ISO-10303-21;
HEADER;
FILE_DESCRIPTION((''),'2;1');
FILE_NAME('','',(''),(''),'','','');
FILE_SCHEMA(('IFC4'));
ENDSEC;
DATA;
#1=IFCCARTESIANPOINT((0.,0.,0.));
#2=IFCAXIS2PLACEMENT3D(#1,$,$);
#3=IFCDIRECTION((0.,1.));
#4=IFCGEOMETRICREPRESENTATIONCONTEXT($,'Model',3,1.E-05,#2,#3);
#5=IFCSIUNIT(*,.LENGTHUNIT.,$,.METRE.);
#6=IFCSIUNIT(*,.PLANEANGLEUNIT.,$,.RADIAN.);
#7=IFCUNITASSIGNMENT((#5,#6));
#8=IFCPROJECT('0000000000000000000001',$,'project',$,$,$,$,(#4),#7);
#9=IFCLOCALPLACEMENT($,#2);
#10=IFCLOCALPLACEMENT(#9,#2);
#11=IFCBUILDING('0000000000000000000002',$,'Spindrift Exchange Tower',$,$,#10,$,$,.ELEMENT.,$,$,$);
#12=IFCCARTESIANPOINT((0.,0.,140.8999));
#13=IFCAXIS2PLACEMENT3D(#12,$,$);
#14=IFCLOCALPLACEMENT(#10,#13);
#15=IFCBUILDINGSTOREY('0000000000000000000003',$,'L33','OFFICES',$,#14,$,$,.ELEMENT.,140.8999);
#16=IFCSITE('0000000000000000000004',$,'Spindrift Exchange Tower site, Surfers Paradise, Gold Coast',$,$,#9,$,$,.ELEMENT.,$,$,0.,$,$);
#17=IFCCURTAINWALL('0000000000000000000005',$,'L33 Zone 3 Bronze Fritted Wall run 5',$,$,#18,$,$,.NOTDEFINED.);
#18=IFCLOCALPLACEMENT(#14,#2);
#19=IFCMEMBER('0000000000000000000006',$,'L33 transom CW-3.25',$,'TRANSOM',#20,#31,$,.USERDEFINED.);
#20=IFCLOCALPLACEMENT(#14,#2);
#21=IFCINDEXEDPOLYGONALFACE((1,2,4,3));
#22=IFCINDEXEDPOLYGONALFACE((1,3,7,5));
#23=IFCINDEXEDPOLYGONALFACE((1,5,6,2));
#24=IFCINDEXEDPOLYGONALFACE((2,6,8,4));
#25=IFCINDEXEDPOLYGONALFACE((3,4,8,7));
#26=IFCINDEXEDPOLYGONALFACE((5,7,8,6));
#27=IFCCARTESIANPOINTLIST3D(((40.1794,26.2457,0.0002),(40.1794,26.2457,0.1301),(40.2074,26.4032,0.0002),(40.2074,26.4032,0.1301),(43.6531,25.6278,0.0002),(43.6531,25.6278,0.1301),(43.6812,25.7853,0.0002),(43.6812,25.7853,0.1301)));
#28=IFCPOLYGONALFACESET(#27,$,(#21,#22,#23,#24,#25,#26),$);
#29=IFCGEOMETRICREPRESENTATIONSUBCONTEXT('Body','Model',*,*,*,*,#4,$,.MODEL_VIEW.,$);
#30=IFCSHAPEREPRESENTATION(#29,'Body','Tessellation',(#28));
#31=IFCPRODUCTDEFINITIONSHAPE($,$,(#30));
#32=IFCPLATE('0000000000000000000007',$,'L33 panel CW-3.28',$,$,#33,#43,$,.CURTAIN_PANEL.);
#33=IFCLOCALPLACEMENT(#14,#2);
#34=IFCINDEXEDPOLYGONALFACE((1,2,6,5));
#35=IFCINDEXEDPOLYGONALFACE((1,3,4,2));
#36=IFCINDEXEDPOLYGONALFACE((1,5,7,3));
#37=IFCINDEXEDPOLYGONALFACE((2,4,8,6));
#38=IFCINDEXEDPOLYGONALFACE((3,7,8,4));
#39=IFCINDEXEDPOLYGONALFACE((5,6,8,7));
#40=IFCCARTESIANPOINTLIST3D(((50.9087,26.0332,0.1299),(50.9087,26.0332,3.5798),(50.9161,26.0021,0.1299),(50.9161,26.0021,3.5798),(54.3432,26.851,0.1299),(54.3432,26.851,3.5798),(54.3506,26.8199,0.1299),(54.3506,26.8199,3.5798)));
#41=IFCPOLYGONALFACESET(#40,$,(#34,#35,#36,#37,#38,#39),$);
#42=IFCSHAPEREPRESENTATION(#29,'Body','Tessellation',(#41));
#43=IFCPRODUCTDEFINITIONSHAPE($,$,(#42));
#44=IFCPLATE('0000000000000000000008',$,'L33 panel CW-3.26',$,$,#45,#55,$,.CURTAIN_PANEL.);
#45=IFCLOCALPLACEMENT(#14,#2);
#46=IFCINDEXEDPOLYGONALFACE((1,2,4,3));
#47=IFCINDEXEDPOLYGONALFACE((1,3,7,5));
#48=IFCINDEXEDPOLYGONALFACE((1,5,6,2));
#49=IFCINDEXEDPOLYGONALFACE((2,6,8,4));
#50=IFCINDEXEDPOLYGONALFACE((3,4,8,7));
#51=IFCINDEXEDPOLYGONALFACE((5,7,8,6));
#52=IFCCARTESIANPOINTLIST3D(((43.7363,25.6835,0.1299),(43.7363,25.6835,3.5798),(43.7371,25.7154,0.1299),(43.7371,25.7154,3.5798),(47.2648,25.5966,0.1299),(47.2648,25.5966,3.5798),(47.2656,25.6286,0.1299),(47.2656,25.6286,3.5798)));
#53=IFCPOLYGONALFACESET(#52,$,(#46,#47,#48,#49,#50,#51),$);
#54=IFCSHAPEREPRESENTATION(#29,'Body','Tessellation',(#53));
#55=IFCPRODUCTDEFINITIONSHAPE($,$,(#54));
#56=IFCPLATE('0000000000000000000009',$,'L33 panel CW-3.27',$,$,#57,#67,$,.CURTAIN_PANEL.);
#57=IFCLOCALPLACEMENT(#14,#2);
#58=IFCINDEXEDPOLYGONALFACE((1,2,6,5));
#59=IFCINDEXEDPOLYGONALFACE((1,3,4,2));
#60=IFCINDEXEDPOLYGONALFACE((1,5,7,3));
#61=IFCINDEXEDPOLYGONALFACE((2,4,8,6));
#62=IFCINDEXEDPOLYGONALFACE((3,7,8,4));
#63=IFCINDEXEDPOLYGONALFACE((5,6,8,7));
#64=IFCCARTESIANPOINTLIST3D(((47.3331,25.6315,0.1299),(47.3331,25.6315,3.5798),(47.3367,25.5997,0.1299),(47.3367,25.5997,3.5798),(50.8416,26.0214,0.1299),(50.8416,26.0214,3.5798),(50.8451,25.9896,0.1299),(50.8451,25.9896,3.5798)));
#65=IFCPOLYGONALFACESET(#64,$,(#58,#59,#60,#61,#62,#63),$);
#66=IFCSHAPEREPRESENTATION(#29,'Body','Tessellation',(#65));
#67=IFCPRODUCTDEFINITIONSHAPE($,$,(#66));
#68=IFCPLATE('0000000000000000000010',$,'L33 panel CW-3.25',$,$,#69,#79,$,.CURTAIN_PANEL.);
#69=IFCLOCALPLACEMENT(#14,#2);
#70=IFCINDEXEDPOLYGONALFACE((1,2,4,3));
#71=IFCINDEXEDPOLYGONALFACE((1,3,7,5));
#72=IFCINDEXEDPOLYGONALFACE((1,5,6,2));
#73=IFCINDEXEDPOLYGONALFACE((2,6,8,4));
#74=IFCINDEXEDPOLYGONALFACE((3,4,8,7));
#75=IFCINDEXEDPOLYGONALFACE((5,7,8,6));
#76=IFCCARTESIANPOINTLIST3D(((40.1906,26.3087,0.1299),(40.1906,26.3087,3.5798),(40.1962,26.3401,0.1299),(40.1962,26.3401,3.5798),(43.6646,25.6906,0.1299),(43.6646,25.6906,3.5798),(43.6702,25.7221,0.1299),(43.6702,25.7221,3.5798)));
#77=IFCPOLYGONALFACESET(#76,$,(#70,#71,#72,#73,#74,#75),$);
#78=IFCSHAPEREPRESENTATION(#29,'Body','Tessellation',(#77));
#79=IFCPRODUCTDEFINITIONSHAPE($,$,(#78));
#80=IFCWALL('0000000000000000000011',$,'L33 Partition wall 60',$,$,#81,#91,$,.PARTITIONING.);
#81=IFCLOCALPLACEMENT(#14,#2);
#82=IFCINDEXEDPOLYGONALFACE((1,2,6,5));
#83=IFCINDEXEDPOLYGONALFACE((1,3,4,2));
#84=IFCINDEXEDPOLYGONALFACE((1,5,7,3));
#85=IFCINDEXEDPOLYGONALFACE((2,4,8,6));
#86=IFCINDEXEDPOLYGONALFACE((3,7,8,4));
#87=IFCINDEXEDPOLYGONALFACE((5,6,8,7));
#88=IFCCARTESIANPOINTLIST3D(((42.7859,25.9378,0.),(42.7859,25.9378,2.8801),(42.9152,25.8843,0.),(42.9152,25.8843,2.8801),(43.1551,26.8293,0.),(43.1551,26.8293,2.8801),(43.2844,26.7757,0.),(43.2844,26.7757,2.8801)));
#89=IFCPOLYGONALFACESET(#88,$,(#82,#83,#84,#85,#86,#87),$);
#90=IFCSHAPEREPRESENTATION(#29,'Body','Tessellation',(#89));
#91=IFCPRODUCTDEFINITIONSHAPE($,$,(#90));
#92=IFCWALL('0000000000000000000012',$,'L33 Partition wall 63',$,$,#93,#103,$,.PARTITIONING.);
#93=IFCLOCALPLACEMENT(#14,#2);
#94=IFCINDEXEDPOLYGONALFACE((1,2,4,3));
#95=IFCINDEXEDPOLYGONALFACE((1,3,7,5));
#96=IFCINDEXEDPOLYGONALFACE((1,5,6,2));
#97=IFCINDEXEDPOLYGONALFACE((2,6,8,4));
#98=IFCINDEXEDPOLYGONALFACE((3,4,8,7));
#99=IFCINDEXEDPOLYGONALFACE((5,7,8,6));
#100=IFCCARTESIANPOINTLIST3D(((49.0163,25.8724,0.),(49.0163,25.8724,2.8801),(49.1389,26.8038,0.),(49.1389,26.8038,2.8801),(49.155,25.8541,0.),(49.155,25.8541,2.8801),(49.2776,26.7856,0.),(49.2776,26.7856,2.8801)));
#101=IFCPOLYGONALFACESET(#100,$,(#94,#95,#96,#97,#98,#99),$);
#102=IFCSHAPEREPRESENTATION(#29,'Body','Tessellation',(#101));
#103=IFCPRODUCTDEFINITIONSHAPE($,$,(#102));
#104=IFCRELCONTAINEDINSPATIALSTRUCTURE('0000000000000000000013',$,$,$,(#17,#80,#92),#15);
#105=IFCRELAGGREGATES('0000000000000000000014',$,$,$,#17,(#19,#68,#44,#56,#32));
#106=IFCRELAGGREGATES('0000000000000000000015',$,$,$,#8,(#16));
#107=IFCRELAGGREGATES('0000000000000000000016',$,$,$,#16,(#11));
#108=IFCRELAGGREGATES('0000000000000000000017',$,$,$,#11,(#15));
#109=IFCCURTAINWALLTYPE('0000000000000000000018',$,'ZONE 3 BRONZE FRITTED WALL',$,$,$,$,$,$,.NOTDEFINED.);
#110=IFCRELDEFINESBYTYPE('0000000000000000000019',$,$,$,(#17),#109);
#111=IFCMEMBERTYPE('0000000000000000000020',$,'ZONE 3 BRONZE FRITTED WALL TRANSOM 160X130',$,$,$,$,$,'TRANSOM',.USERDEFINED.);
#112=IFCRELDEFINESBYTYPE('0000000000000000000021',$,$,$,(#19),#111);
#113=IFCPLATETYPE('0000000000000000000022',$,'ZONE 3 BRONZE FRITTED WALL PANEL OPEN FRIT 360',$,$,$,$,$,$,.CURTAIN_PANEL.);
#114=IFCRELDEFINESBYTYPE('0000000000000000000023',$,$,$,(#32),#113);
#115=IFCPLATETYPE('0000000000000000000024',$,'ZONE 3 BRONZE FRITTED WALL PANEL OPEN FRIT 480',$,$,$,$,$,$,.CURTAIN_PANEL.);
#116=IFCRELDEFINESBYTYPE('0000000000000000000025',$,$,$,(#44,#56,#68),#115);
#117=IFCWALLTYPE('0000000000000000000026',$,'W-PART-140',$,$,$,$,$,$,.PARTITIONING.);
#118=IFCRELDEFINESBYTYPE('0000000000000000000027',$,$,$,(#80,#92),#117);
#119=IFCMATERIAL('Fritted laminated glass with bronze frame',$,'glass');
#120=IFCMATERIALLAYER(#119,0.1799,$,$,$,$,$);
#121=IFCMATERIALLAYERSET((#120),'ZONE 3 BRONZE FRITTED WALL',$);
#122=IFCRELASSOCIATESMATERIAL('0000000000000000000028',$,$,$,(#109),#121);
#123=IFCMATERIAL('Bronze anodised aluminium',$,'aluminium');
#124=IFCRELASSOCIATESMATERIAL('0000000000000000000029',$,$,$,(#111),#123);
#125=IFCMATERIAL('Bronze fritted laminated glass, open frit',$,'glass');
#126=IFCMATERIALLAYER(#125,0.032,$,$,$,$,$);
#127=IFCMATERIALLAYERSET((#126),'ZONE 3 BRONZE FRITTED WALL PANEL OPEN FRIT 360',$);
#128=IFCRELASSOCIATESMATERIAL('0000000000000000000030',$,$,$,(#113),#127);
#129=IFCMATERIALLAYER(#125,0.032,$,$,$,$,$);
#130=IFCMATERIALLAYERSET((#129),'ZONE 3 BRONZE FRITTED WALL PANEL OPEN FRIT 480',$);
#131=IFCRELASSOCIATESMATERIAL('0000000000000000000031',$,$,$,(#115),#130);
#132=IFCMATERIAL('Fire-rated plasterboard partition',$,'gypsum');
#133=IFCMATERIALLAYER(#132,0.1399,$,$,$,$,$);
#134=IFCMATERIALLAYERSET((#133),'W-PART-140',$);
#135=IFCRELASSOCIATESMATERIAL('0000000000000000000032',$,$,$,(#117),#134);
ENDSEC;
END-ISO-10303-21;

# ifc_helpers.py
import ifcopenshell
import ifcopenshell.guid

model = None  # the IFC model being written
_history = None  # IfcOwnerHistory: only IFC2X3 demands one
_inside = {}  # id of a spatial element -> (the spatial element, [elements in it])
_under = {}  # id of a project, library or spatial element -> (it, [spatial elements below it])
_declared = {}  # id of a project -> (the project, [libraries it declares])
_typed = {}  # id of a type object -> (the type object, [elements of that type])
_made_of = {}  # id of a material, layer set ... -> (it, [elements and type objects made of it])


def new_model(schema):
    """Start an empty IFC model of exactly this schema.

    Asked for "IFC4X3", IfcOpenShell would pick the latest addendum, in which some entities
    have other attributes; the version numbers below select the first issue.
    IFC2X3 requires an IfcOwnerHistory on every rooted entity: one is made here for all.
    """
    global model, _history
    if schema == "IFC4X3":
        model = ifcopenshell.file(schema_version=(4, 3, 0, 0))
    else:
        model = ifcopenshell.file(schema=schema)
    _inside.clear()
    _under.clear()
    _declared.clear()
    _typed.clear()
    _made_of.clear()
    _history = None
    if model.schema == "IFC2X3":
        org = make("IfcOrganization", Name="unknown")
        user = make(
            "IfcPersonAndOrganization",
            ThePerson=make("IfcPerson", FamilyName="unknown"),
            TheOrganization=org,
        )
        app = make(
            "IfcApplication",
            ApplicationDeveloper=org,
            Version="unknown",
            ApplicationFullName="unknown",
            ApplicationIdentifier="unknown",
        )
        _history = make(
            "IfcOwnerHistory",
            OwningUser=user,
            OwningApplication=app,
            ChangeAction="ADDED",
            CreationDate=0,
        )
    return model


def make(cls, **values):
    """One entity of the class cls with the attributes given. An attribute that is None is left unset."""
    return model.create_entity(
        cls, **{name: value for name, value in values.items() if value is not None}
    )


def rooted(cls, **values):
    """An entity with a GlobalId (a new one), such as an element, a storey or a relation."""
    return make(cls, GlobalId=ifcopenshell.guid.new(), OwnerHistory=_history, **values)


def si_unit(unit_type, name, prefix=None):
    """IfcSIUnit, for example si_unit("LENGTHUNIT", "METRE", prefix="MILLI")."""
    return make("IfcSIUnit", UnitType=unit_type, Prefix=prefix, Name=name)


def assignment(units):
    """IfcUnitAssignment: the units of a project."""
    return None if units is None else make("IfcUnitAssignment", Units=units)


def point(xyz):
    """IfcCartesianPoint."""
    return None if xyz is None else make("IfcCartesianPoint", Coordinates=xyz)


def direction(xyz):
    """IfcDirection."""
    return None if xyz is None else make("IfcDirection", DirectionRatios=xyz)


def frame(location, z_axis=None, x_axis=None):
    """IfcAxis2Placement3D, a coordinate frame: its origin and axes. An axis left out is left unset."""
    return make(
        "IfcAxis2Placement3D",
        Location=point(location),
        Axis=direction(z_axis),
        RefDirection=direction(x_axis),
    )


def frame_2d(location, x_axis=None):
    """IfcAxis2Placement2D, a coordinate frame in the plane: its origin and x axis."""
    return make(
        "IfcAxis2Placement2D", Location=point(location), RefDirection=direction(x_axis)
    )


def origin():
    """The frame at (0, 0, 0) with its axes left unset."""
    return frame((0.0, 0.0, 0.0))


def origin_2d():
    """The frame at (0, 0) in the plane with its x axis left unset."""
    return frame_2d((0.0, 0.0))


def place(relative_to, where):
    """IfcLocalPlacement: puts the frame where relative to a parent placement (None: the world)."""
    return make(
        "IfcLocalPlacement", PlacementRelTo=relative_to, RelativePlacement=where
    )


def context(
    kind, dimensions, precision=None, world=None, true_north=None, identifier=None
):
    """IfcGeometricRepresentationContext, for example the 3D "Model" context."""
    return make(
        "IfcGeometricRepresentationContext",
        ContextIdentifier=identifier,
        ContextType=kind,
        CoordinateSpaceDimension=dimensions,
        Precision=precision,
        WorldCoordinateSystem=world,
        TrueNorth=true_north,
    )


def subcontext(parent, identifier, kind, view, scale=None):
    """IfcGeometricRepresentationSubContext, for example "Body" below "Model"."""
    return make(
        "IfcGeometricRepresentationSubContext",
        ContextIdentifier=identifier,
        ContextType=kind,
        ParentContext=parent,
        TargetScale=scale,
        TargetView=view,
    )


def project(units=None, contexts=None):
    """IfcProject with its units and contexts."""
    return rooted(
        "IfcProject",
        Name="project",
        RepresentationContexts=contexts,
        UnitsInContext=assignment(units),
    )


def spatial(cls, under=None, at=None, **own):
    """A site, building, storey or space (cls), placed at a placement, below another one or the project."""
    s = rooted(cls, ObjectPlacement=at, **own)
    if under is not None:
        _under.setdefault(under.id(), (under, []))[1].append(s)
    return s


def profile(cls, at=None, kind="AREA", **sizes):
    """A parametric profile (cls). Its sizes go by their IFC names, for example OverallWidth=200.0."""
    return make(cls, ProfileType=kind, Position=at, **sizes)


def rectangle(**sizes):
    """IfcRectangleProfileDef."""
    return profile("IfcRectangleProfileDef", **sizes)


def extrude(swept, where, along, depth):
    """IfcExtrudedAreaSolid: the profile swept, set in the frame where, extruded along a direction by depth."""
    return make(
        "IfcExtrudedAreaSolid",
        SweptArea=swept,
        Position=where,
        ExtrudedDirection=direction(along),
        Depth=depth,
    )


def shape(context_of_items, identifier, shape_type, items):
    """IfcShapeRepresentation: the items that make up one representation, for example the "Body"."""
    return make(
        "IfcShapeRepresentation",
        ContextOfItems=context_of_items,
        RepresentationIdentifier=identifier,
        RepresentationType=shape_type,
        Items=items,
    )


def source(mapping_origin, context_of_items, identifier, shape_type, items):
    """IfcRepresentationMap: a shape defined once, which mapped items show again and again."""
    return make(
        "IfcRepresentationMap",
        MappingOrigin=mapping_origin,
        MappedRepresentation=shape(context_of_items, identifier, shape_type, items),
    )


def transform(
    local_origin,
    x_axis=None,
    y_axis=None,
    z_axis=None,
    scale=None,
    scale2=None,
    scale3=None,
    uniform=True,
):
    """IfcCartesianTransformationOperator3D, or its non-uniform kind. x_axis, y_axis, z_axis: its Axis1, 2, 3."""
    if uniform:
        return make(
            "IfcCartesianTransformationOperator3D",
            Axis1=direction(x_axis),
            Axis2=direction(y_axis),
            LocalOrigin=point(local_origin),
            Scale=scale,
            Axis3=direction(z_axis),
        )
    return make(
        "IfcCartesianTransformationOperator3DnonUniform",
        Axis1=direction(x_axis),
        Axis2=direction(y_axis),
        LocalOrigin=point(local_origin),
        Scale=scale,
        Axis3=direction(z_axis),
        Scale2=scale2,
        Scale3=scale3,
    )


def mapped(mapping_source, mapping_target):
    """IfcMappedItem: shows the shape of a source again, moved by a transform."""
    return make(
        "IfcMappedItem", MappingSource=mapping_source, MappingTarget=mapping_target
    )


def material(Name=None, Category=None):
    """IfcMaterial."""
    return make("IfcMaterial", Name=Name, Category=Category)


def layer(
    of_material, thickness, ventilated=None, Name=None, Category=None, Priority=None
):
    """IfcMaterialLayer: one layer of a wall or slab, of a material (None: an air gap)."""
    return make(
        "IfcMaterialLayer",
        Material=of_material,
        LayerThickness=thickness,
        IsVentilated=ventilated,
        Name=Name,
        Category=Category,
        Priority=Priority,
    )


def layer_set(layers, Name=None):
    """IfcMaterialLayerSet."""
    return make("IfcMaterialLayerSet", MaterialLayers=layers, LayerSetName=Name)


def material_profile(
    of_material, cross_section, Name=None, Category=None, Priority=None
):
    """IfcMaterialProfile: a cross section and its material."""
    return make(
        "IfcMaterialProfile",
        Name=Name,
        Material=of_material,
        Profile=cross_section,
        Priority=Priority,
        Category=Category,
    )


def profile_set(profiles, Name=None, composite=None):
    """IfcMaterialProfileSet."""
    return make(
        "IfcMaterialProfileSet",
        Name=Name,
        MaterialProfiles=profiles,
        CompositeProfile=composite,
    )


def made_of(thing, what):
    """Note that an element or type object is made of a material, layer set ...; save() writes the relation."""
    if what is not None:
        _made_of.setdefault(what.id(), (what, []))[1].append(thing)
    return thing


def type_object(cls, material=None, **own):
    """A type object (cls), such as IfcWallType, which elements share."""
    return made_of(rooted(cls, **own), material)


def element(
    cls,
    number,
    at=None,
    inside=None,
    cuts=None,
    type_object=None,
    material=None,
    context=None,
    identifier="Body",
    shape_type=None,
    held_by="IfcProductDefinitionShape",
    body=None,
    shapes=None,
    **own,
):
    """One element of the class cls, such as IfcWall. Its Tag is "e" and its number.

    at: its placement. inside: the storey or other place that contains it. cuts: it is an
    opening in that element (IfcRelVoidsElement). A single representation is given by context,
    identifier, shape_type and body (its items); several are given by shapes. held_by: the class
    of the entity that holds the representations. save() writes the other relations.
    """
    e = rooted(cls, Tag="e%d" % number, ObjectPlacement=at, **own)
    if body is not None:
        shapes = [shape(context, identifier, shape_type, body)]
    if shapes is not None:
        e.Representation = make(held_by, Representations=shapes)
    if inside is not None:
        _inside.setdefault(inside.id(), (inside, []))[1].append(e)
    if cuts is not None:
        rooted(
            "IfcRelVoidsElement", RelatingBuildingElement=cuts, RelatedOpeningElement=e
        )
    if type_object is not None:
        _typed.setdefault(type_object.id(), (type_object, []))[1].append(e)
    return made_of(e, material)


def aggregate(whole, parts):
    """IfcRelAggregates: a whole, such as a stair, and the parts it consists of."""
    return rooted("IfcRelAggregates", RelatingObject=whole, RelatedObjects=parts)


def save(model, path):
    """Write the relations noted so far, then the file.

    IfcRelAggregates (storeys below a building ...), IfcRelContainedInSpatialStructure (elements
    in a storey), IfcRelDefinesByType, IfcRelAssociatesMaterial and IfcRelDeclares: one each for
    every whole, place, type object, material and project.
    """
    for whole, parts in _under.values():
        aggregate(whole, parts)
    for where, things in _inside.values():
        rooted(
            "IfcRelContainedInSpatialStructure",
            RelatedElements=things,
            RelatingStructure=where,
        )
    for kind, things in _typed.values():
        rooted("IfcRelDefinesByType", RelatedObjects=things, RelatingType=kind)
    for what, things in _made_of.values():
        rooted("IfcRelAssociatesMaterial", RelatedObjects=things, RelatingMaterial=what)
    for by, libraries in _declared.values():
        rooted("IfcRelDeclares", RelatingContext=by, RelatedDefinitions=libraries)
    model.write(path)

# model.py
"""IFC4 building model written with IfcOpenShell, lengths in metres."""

from ifc_helpers import new_model, si_unit, direction, frame, frame_2d, origin, origin_2d, place, context, subcontext, project, spatial, rectangle, extrude, source, transform, mapped, material, layer, layer_set, material_profile, profile_set, type_object, element, aggregate, save


model = new_model("IFC4")

# Units and contexts
model_context = context("Model", 3, precision=1e-05, world=origin(), true_north=direction((0.0, 1.0)))
body_context = subcontext(model_context, "Body", "Model", "MODEL_VIEW")
ifc_project = project(units=[si_unit("LENGTHUNIT", "METRE"), si_unit("PLANEANGLEUNIT", "RADIAN")], contexts=[model_context])

# Site, building, storey
site_placement = place(None, origin())
site = spatial("IfcSite", under=ifc_project, at=site_placement, Name="Spindrift Exchange Tower site, Surfers Paradise, Gold Coast", CompositionType="ELEMENT", RefElevation=0.0)
building_placement = place(site_placement, origin())
building = spatial("IfcBuilding", under=site, at=building_placement, Name="Spindrift Exchange Tower", CompositionType="ELEMENT")
storey_placement = place(building_placement, frame((0.0, 0.0, 140.8999)))
storey = spatial("IfcBuildingStorey", under=building, at=storey_placement, Name="L33", Description="OFFICES", CompositionType="ELEMENT", Elevation=140.8999)

# Curtain wall, member, plates
ifc_material_1 = material(Name="Fritted laminated glass with bronze frame", Category="glass")
ifc_layer_1 = layer(ifc_material_1, 0.1799)
ifc_layer_set_1 = layer_set([ifc_layer_1], Name="ZONE 3 BRONZE FRITTED WALL")
curtain_wall_type = type_object("IfcCurtainWallType", Name="ZONE 3 BRONZE FRITTED WALL", PredefinedType="NOTDEFINED", material=ifc_layer_set_1)
curtain_wall_placement = place(storey_placement, origin())
curtain_wall = element("IfcCurtainWall", 1, at=curtain_wall_placement, inside=storey, type_object=curtain_wall_type, Name="L33 Zone 3 Bronze Fritted Wall run 5", PredefinedType="NOTDEFINED")
ifc_material_2 = material(Name="Bronze anodised aluminium", Category="aluminium")
ifc_material_profile_1 = material_profile(ifc_material_2, rectangle(XDim=0.1599, YDim=0.1299, at=origin_2d()), Name="ZONE 3 BRONZE FRITTED WALL TRANSOM 160X130")
ifc_profile_set_1 = profile_set([ifc_material_profile_1], Name="Bronze anodised aluminium")
member_type_1 = type_object("IfcMemberType", Name="ZONE 3 BRONZE FRITTED WALL TRANSOM 160X130", ElementType="TRANSOM", PredefinedType="USERDEFINED", material=ifc_profile_set_1)
shared_shape_1 = source(origin(), body_context, "Body", "SweptSolid", [
    extrude(rectangle(XDim=0.1599, YDim=0.1299, at=origin_2d()), origin(), (0.0, 0.0, 1.0), 3.5283),
])
member_1_placement = place(storey_placement, frame((40.1934, 26.3245, 0.0652), z_axis=(0.984546, -0.175127, 0.0), x_axis=(0.175127, 0.984546, 0.0)))
member_1 = element("IfcMember", 2, at=member_1_placement, type_object=member_type_1, Name="L33 transom CW-3.25", ObjectType="TRANSOM", PredefinedType="USERDEFINED", context=body_context, shape_type="MappedRepresentation", body=[
    mapped(shared_shape_1, transform((0.0, 0.0, 0.0), scale=1.0)),
])
ifc_material_3 = material(Name="Bronze fritted laminated glass, open frit", Category="glass")
ifc_layer_2 = layer(ifc_material_3, 0.032)
ifc_layer_set_2 = layer_set([ifc_layer_2], Name="ZONE 3 BRONZE FRITTED WALL PANEL OPEN FRIT 360")
plate_type_1 = type_object("IfcPlateType", Name="ZONE 3 BRONZE FRITTED WALL PANEL OPEN FRIT 360", PredefinedType="CURTAIN_PANEL", material=ifc_layer_set_2)
shared_shape_2 = source(origin(), body_context, "Body", "SweptSolid", [
    extrude(rectangle(XDim=3.5305, YDim=0.032, at=origin_2d()), origin(), (0.0, 0.0, 1.0), 3.45),
])
plate_1_placement = place(storey_placement, frame((52.6296, 26.4265, 0.1299), z_axis=(0.0, 0.0, 1.0), x_axis=(0.972802, 0.231639, 0.0)))
plate_1 = element("IfcPlate", 3, at=plate_1_placement, type_object=plate_type_1, Name="L33 panel CW-3.28", PredefinedType="CURTAIN_PANEL", context=body_context, shape_type="MappedRepresentation", body=[
    mapped(shared_shape_2, transform((0.0, 0.0, 0.0), scale=1.0)),
])
ifc_layer_3 = layer(ifc_material_3, 0.032)
ifc_layer_set_3 = layer_set([ifc_layer_3], Name="ZONE 3 BRONZE FRITTED WALL PANEL OPEN FRIT 480")
plate_type_2 = type_object("IfcPlateType", Name="ZONE 3 BRONZE FRITTED WALL PANEL OPEN FRIT 480", PredefinedType="CURTAIN_PANEL", material=ifc_layer_set_3)
shared_shape_3 = source(origin(), body_context, "Body", "SweptSolid", [
    extrude(rectangle(XDim=3.5295, YDim=0.032, at=origin_2d()), origin(), (0.0, 0.0, 1.0), 3.45),
])
plate_2_placement = place(storey_placement, frame((45.501, 25.656, 0.1299), z_axis=(0.0, 0.0, 1.0), x_axis=(0.999697, -0.024615, 0.0)))
plate_2 = element("IfcPlate", 4, at=plate_2_placement, type_object=plate_type_2, Name="L33 panel CW-3.26", PredefinedType="CURTAIN_PANEL", context=body_context, shape_type="MappedRepresentation", body=[
    mapped(shared_shape_3, transform((0.0, 0.0, 0.0), scale=1.0)),
])
shared_shape_4 = source(origin(), body_context, "Body", "SweptSolid", [
    extrude(rectangle(XDim=3.53, YDim=0.032, at=origin_2d()), origin(), (0.0, 0.0, 1.0), 3.45),
])
plate_3_placement = place(storey_placement, frame((49.0891, 25.8105, 0.1299), z_axis=(0.0, 0.0, 1.0), x_axis=(0.99388, 0.110468, 0.0)))
plate_3 = element("IfcPlate", 5, at=plate_3_placement, type_object=plate_type_2, Name="L33 panel CW-3.27", PredefinedType="CURTAIN_PANEL", context=body_context, shape_type="MappedRepresentation", body=[
    mapped(shared_shape_4, transform((0.0, 0.0, 0.0), scale=1.0)),
])
shared_shape_5 = source(origin(), body_context, "Body", "SweptSolid", [
    extrude(rectangle(XDim=3.5286, YDim=0.032, at=origin_2d()), origin(), (0.0, 0.0, 1.0), 3.45),
])
plate_4_placement = place(storey_placement, frame((41.9304, 26.0154, 0.1299), z_axis=(0.0, 0.0, 1.0), x_axis=(0.984542, -0.17515, 0.0)))
plate_4 = element("IfcPlate", 6, at=plate_4_placement, type_object=plate_type_2, Name="L33 panel CW-3.25", PredefinedType="CURTAIN_PANEL", context=body_context, shape_type="MappedRepresentation", body=[
    mapped(shared_shape_5, transform((0.0, 0.0, 0.0), scale=1.0)),
])
aggregate(curtain_wall, [member_1, plate_4, plate_2, plate_3, plate_1])

# Walls
ifc_material_4 = material(Name="Fire-rated plasterboard partition", Category="gypsum")
ifc_layer_4 = layer(ifc_material_4, 0.1399)
ifc_layer_set_4 = layer_set([ifc_layer_4], Name="W-PART-140")
wall_type = type_object("IfcWallType", Name="W-PART-140", PredefinedType="PARTITIONING", material=ifc_layer_set_4)
wall_1_placement = place(storey_placement, frame((43.2197, 26.8025, 0.0), z_axis=(0.0, 0.0, 1.0), x_axis=(-0.38262, -0.923906, 0.0)))
element("IfcWall", 7, at=wall_1_placement, inside=storey, type_object=wall_type, Name="L33 Partition wall 60", PredefinedType="PARTITIONING", context=body_context, shape_type="SweptSolid", body=[
    extrude(rectangle(XDim=0.9648, YDim=0.1399, at=frame_2d((0.4824, 0.0))), origin(), (0.0, 0.0, 1.0), 2.8801),
])
wall_2_placement = place(storey_placement, frame((49.2083, 26.7947, 0.0), z_axis=(0.0, 0.0, 1.0), x_axis=(-0.130461, -0.991453, 0.0)))
element("IfcWall", 8, at=wall_2_placement, inside=storey, type_object=wall_type, Name="L33 Partition wall 63", PredefinedType="PARTITIONING", context=body_context, shape_type="SweptSolid", body=[
    extrude(rectangle(XDim=0.9395, YDim=0.1399, at=frame_2d((0.4697, 0.0))), origin(), (0.0, 0.0, 1.0), 2.8801),
])

save(model, "model.ifc")
